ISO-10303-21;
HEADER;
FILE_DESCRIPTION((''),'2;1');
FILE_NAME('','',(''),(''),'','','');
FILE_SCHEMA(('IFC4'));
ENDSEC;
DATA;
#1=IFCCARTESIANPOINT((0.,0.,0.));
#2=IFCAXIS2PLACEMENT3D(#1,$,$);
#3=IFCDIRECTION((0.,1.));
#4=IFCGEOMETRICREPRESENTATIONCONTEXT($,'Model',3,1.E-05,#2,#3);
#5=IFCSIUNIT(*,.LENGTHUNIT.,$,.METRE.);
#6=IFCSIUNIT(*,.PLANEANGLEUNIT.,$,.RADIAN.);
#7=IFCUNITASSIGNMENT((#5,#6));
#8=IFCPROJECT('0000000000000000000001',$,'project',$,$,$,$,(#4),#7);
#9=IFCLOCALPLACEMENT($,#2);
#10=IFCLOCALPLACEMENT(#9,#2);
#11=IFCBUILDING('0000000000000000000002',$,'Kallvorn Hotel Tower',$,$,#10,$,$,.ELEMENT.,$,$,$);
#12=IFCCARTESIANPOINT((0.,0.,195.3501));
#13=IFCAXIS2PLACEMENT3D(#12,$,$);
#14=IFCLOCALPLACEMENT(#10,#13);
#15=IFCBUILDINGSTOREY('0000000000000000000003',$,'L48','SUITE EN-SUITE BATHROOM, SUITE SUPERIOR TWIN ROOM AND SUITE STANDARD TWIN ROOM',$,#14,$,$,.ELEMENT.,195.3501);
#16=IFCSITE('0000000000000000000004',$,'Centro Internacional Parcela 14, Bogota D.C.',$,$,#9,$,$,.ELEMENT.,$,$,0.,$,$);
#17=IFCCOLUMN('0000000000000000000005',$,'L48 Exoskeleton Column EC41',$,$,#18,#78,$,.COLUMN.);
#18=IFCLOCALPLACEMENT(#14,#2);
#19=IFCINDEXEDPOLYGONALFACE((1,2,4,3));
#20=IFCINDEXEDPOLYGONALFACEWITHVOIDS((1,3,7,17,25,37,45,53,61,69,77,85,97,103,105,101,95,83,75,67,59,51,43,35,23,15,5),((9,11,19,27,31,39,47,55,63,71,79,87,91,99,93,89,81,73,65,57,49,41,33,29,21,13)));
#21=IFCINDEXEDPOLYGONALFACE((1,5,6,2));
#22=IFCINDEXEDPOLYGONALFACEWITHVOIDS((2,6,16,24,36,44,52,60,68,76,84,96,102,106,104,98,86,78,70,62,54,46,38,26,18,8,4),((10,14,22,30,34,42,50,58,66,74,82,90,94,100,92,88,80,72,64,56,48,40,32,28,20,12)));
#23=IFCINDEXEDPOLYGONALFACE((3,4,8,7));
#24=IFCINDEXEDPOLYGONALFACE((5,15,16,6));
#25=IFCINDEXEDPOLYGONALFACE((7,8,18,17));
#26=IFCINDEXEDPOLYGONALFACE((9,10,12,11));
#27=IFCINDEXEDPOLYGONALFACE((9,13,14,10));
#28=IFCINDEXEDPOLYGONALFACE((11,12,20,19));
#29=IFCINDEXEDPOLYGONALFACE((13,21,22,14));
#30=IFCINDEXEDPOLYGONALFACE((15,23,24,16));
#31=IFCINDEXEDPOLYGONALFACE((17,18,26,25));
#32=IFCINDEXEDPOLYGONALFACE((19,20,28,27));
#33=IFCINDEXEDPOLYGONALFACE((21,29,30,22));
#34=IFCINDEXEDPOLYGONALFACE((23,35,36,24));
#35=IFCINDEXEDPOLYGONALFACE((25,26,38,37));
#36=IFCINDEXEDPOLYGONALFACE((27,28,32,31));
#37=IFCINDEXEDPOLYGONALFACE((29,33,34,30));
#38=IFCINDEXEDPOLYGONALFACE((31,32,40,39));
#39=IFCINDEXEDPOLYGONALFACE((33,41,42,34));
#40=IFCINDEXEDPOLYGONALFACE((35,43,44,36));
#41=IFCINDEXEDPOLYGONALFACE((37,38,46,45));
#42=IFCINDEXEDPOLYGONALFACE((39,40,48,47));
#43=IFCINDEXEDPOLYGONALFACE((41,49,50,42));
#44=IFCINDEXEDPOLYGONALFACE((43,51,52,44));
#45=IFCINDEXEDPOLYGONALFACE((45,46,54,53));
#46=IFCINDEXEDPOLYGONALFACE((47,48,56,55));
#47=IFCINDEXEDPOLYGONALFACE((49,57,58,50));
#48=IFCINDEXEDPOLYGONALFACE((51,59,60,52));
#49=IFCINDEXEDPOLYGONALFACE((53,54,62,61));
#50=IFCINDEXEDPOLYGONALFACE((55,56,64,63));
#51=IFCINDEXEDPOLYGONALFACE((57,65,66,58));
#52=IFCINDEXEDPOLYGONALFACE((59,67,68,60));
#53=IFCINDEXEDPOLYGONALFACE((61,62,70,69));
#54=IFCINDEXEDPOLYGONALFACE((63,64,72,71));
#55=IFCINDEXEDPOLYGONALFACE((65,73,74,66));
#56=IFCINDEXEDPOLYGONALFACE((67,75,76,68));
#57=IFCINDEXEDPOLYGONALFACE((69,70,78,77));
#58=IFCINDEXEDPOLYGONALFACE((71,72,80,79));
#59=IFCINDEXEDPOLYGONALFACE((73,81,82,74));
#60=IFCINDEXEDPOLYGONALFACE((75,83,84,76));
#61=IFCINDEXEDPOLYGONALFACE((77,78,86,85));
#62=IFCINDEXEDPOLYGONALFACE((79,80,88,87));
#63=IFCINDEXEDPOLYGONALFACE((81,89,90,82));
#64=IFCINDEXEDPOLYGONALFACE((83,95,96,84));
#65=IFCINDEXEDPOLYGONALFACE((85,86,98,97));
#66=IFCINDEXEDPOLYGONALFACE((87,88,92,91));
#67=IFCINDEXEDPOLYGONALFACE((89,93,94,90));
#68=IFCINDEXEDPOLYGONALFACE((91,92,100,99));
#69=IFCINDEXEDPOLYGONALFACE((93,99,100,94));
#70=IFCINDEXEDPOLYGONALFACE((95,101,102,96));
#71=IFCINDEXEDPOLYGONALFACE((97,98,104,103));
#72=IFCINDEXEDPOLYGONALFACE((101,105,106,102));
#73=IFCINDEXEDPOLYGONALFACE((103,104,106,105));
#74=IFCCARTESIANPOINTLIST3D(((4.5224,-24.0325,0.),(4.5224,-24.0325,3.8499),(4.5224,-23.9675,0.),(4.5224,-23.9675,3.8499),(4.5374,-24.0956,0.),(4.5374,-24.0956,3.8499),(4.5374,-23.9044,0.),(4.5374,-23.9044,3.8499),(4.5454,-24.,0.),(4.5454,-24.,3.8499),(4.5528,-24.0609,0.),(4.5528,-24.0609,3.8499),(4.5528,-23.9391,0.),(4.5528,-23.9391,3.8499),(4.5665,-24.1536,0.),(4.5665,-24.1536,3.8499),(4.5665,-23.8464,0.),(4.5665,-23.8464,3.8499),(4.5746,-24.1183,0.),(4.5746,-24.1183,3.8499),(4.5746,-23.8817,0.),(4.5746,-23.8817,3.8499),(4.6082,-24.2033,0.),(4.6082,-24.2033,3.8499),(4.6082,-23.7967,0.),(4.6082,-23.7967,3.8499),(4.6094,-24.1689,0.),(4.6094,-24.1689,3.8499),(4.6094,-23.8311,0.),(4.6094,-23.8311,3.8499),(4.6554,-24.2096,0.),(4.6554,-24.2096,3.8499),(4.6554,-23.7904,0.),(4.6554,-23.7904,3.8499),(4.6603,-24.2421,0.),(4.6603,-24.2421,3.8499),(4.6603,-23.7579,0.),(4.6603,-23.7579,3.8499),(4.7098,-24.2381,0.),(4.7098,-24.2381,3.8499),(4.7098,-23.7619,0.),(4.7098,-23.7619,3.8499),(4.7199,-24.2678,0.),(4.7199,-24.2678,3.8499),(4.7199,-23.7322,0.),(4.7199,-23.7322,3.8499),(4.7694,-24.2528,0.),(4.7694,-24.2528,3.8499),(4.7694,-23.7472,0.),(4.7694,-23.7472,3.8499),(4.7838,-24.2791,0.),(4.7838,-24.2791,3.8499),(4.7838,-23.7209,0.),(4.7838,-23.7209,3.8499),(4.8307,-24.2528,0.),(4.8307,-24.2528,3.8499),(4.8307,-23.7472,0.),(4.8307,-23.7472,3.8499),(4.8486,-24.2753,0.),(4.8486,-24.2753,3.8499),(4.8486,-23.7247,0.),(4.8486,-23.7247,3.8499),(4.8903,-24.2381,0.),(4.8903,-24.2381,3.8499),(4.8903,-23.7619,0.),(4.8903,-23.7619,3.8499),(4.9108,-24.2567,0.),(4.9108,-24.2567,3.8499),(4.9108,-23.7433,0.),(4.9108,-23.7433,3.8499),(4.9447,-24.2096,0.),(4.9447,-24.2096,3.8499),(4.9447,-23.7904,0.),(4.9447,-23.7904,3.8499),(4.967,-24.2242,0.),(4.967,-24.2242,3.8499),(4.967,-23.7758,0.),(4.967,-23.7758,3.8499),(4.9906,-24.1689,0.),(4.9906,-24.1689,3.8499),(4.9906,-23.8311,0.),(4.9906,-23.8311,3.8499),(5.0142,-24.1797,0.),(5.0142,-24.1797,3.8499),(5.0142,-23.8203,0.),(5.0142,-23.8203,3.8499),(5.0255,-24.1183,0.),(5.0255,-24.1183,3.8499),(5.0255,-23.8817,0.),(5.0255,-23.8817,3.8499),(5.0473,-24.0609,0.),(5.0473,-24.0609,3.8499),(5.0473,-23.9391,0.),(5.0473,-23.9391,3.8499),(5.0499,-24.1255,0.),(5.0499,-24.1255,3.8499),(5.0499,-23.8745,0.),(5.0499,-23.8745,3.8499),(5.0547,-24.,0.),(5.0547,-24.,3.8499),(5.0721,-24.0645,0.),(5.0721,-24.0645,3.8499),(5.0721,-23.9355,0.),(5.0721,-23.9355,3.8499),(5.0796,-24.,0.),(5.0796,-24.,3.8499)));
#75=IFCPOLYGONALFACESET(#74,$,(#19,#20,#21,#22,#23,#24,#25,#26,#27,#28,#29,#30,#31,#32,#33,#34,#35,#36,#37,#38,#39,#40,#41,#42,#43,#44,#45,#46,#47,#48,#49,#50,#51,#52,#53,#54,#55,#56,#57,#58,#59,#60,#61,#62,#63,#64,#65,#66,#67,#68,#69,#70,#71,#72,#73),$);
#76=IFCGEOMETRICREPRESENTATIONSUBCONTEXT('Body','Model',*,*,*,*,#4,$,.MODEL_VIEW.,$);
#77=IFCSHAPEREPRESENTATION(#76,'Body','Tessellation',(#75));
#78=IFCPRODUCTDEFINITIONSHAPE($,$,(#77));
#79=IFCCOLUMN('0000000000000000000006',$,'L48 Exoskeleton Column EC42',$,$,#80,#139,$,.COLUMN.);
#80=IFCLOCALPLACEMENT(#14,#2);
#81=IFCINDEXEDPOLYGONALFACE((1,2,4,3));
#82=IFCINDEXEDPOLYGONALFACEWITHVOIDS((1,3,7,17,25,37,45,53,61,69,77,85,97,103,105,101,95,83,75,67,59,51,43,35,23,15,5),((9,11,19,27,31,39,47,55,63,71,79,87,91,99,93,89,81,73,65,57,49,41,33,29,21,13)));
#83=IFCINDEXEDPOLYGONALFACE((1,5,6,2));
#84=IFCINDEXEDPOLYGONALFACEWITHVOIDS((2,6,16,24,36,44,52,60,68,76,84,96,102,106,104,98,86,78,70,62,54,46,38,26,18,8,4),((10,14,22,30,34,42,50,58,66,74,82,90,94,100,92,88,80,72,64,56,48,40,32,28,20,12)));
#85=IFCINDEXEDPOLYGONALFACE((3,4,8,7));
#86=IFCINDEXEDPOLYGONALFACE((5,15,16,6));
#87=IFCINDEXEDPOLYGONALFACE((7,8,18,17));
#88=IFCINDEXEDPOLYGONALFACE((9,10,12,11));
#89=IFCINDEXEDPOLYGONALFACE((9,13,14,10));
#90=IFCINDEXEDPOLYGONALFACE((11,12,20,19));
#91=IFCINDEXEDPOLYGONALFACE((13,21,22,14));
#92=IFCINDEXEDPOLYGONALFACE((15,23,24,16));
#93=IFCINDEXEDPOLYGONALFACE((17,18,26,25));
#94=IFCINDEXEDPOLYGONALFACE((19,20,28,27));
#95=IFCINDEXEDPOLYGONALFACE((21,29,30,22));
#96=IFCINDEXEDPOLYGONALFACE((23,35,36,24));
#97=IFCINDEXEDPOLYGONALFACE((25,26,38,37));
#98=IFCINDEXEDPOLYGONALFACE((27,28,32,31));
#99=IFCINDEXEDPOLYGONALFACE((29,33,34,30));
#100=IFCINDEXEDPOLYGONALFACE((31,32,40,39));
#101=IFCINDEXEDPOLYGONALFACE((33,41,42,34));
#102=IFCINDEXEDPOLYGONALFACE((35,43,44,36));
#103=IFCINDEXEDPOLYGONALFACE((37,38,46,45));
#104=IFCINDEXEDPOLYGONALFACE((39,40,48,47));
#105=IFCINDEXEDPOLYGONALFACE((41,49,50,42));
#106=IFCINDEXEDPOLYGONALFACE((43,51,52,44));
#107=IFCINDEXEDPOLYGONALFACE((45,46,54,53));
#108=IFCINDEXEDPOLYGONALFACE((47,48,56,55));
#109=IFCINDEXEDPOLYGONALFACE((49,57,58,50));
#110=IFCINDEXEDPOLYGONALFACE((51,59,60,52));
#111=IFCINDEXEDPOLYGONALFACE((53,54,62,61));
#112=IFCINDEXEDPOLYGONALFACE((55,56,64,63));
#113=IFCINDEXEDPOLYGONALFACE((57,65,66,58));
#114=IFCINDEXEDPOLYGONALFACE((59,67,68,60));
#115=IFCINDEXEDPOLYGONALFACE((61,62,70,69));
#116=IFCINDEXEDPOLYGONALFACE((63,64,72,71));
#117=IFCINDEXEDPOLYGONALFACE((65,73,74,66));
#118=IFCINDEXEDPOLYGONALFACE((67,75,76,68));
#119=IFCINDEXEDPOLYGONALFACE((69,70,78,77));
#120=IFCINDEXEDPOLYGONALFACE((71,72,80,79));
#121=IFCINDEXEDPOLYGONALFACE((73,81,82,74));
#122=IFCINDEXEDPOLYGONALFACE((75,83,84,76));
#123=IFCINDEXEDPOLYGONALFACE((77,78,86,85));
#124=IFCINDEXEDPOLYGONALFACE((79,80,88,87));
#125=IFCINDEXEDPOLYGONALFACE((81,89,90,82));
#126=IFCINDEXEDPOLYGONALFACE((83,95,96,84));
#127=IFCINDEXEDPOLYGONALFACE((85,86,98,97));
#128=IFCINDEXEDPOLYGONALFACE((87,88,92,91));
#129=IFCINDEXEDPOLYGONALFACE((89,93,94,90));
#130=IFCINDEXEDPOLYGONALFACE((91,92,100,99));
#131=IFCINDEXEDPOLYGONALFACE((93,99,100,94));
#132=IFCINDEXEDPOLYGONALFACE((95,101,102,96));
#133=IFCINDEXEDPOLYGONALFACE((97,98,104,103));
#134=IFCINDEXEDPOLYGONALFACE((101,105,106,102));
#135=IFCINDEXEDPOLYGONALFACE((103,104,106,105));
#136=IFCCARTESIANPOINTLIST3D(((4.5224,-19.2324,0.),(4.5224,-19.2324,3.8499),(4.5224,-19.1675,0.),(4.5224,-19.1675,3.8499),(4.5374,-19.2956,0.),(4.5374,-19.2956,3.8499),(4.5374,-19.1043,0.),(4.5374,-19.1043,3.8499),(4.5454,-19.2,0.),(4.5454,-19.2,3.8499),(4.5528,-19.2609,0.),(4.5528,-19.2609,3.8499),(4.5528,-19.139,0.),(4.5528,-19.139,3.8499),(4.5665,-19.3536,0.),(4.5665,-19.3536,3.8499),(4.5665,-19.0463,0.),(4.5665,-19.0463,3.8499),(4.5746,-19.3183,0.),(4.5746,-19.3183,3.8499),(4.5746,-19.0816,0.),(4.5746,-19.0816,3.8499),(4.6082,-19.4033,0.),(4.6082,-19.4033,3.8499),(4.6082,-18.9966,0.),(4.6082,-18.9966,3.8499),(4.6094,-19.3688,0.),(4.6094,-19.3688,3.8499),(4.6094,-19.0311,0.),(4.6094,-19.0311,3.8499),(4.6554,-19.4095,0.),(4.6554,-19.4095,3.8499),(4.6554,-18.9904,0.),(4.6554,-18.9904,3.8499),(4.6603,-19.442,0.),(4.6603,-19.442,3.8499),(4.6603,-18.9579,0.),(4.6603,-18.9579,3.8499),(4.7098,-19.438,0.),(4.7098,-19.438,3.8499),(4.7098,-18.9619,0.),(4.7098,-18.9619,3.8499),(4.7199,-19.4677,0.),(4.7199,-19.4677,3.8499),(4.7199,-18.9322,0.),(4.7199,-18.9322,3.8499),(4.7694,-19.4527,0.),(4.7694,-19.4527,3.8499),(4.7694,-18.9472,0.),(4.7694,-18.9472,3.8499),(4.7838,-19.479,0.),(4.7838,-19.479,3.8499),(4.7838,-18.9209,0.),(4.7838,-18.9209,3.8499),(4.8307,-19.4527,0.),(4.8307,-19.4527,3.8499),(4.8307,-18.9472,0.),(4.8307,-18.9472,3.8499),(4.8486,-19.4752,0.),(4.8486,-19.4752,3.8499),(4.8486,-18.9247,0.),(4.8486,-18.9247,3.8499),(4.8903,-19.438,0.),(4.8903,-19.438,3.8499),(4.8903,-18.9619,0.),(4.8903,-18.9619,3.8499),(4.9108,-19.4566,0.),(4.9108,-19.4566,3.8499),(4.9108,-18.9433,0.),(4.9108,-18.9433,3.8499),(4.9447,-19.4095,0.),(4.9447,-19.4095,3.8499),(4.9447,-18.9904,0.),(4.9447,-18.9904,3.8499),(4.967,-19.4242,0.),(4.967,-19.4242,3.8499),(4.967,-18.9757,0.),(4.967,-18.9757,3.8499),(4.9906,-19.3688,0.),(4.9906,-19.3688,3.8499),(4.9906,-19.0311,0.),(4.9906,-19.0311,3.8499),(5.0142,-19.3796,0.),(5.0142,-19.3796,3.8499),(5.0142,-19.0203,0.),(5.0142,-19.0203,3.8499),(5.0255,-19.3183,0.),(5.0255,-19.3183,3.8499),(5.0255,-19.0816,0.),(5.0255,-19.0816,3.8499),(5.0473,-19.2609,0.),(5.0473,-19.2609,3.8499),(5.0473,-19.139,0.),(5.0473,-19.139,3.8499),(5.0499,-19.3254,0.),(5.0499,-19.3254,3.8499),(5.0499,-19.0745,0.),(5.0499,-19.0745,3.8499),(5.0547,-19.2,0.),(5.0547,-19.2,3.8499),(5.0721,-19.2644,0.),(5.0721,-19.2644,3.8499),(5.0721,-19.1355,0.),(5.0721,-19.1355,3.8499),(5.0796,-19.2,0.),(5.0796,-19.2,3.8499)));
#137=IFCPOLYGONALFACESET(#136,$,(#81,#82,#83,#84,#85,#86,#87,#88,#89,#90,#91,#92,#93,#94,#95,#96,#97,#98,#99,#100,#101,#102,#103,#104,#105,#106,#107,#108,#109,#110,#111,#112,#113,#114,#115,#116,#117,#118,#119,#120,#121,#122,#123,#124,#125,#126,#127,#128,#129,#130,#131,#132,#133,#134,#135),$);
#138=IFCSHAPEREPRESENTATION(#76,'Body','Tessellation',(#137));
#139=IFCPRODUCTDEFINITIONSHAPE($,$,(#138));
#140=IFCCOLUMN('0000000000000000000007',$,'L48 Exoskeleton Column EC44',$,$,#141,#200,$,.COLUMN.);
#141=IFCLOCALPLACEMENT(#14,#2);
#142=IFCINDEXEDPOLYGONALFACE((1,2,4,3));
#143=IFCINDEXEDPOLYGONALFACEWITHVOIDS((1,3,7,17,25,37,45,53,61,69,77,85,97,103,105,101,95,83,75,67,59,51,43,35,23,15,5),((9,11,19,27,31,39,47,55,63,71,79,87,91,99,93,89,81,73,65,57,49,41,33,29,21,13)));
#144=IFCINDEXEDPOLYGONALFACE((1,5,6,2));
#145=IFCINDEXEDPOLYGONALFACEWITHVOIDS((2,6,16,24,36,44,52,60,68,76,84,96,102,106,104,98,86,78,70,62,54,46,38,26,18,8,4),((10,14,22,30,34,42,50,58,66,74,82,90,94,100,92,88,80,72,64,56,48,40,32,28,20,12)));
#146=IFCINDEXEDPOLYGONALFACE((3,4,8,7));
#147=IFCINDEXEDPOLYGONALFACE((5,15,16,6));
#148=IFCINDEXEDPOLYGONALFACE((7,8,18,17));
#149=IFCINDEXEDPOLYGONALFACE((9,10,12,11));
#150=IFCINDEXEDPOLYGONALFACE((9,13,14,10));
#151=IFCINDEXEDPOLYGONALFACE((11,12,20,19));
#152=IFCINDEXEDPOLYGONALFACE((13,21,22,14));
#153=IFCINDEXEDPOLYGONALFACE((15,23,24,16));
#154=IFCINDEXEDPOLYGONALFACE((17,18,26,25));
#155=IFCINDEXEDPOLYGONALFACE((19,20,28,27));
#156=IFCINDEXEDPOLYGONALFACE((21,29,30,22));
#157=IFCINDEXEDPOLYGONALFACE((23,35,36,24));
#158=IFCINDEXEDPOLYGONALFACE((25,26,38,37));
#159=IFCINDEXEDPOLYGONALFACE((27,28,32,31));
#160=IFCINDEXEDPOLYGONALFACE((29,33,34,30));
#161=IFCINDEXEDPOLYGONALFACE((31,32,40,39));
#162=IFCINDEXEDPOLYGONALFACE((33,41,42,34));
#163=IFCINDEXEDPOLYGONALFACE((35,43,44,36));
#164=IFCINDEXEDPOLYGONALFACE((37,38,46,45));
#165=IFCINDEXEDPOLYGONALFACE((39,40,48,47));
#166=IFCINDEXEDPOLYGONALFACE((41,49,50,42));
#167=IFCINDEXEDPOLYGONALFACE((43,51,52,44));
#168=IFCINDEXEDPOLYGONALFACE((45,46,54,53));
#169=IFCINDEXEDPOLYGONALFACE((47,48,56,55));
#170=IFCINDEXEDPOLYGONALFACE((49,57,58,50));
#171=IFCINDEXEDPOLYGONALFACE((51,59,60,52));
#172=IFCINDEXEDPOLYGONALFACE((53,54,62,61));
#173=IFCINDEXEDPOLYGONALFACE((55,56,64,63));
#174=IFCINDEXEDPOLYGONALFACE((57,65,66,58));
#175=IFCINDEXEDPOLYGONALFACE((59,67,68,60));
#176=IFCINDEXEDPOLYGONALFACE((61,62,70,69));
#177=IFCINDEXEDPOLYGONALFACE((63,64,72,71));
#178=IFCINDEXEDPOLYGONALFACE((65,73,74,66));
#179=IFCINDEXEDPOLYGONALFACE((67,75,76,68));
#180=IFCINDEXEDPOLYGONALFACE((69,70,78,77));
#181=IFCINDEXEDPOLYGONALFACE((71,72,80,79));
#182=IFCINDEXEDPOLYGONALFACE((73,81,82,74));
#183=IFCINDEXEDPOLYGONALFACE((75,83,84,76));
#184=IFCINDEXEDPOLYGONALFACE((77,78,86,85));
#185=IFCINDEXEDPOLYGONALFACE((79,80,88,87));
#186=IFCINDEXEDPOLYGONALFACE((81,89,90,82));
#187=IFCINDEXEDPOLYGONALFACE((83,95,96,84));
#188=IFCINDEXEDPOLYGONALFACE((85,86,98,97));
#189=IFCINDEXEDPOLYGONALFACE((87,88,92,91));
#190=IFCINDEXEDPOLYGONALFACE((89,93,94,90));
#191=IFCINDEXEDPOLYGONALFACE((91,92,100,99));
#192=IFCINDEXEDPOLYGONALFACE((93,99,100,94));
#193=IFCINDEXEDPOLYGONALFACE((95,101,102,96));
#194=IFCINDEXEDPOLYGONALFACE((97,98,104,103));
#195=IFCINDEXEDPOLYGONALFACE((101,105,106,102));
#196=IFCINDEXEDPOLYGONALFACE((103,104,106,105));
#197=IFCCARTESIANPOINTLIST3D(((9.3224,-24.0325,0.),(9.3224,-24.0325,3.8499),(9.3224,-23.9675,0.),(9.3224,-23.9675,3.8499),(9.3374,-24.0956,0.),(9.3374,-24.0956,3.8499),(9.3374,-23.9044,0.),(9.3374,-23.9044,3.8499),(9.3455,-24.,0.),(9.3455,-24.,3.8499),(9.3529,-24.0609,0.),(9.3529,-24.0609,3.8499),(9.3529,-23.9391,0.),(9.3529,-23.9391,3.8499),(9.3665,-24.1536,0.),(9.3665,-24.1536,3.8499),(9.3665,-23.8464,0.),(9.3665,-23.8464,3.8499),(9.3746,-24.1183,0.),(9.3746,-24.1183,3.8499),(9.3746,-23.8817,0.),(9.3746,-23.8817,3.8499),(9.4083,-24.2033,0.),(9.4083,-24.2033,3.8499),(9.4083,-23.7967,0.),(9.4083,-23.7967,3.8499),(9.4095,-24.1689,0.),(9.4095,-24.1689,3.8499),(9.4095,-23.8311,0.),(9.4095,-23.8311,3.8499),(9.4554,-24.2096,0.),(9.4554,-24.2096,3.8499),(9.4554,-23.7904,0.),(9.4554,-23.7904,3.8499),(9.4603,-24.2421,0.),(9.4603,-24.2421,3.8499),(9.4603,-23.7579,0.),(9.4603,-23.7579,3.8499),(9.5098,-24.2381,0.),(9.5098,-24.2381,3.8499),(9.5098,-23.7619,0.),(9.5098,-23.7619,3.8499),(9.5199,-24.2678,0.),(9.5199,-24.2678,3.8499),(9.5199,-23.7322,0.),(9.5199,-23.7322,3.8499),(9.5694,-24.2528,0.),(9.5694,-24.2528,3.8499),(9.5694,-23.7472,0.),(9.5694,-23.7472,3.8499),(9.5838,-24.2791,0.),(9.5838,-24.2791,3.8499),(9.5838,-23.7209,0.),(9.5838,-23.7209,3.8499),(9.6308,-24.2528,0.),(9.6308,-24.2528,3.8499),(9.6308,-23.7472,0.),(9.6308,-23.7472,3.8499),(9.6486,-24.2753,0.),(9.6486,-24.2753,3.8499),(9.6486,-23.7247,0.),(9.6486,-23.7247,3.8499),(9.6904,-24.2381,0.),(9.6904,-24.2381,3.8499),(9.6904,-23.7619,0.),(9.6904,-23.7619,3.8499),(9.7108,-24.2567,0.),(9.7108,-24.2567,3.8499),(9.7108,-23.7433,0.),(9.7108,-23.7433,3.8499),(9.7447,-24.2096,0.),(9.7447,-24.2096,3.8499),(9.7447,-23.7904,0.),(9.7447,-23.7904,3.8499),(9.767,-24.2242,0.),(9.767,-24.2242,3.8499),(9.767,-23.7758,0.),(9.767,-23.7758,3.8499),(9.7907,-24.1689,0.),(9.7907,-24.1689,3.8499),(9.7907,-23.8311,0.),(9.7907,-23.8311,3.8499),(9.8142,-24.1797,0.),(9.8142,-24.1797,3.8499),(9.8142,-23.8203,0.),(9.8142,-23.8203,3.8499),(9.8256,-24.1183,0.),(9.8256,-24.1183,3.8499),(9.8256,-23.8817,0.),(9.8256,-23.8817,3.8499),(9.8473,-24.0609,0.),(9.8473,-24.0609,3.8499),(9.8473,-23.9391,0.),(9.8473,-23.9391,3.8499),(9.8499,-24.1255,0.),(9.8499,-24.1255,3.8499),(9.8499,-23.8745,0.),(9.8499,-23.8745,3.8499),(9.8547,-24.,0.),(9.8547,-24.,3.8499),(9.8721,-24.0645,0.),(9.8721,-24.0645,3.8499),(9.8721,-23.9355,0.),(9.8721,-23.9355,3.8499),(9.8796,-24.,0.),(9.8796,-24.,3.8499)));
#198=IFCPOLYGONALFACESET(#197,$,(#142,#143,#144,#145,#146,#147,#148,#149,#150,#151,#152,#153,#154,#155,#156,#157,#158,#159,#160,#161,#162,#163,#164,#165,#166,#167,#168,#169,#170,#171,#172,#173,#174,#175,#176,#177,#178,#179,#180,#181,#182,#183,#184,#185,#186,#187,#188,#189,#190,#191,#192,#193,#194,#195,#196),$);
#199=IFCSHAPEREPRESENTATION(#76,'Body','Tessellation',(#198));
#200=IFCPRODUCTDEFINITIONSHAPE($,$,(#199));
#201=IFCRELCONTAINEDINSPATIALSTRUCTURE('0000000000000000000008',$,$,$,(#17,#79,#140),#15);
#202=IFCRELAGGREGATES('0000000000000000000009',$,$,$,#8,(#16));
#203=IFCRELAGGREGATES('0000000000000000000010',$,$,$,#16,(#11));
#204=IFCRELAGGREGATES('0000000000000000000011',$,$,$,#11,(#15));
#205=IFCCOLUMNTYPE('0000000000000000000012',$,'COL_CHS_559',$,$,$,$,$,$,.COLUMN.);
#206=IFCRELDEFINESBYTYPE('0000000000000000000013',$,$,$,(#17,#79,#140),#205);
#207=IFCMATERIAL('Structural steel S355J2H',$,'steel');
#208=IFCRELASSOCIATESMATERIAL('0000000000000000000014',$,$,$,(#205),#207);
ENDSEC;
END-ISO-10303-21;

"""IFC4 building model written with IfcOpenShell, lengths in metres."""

from ifc_helpers import new_model, si_unit, direction, frame, origin, origin_2d, place, context, subcontext, project, spatial, hollow_circle, extrude, material, material_profile, profile_set, type_object, element, save


model = new_model("IFC4")

# Units and contexts
model_context = context("Model", 3, precision=1e-05, world=origin(), true_north=direction((0.0, 1.0)))
body_context = subcontext(model_context, "Body", "Model", "MODEL_VIEW")
ifc_project = project(units=[si_unit("LENGTHUNIT", "METRE"), si_unit("PLANEANGLEUNIT", "RADIAN")], contexts=[model_context])

# Site, building, storey
site_placement = place(None, origin())
site = spatial("IfcSite", under=ifc_project, at=site_placement, Name="Centro Internacional Parcela 14, Bogota D.C.", CompositionType="ELEMENT", RefElevation=0.0)
building_placement = place(site_placement, origin())
building = spatial("IfcBuilding", under=site, at=building_placement, Name="Kallvorn Hotel Tower", CompositionType="ELEMENT")
storey_placement = place(building_placement, frame((0.0, 0.0, 195.3501)))
storey = spatial("IfcBuildingStorey", under=building, at=storey_placement, Name="L48", Description="SUITE EN-SUITE BATHROOM, SUITE SUPERIOR TWIN ROOM AND SUITE STANDARD TWIN ROOM", CompositionType="ELEMENT", Elevation=195.3501)

# Columns
ifc_material_1 = material(Name="Structural steel S355J2H", Category="steel")
ifc_material_profile_1 = material_profile(ifc_material_1, hollow_circle(Radius=0.2795, WallThickness=0.0249, at=origin_2d()), Name="CHS 559x25")
ifc_profile_set_1 = profile_set([ifc_material_profile_1], Name="Structural steel S355J2H")
column_type_1 = type_object("IfcColumnType", Name="COL_CHS_559", PredefinedType="COLUMN", material=ifc_profile_set_1)
for number, where, z_axis, x_axis, name in (
    (1, (4.8, -24.0, 0.0), (0.0, 0.0, 1.0), (1.0, 0.0, 0.0), "L48 Exoskeleton Column EC41"),
    (2, (4.8, -19.2, 0.0), (0.0, 0.0, 1.0), (1.0, 0.0, 0.0), "L48 Exoskeleton Column EC42"),
    (3, (9.6001, -24.0, 0.0), (0.0, 0.0, 1.0), (1.0, 0.0, 0.0), "L48 Exoskeleton Column EC44"),
):
    element("IfcColumn", number, at=place(storey_placement, frame(where, z_axis=z_axis, x_axis=x_axis)), inside=storey, type_object=column_type_1, Name=name, PredefinedType="COLUMN", context=body_context, shape_type="SweptSolid", body=[
        extrude(hollow_circle(Radius=0.2795, WallThickness=0.0249, at=origin_2d()), origin(), (0.0, 0.0, 1.0), 3.8499),
    ])

save(model, "model.ifc")
